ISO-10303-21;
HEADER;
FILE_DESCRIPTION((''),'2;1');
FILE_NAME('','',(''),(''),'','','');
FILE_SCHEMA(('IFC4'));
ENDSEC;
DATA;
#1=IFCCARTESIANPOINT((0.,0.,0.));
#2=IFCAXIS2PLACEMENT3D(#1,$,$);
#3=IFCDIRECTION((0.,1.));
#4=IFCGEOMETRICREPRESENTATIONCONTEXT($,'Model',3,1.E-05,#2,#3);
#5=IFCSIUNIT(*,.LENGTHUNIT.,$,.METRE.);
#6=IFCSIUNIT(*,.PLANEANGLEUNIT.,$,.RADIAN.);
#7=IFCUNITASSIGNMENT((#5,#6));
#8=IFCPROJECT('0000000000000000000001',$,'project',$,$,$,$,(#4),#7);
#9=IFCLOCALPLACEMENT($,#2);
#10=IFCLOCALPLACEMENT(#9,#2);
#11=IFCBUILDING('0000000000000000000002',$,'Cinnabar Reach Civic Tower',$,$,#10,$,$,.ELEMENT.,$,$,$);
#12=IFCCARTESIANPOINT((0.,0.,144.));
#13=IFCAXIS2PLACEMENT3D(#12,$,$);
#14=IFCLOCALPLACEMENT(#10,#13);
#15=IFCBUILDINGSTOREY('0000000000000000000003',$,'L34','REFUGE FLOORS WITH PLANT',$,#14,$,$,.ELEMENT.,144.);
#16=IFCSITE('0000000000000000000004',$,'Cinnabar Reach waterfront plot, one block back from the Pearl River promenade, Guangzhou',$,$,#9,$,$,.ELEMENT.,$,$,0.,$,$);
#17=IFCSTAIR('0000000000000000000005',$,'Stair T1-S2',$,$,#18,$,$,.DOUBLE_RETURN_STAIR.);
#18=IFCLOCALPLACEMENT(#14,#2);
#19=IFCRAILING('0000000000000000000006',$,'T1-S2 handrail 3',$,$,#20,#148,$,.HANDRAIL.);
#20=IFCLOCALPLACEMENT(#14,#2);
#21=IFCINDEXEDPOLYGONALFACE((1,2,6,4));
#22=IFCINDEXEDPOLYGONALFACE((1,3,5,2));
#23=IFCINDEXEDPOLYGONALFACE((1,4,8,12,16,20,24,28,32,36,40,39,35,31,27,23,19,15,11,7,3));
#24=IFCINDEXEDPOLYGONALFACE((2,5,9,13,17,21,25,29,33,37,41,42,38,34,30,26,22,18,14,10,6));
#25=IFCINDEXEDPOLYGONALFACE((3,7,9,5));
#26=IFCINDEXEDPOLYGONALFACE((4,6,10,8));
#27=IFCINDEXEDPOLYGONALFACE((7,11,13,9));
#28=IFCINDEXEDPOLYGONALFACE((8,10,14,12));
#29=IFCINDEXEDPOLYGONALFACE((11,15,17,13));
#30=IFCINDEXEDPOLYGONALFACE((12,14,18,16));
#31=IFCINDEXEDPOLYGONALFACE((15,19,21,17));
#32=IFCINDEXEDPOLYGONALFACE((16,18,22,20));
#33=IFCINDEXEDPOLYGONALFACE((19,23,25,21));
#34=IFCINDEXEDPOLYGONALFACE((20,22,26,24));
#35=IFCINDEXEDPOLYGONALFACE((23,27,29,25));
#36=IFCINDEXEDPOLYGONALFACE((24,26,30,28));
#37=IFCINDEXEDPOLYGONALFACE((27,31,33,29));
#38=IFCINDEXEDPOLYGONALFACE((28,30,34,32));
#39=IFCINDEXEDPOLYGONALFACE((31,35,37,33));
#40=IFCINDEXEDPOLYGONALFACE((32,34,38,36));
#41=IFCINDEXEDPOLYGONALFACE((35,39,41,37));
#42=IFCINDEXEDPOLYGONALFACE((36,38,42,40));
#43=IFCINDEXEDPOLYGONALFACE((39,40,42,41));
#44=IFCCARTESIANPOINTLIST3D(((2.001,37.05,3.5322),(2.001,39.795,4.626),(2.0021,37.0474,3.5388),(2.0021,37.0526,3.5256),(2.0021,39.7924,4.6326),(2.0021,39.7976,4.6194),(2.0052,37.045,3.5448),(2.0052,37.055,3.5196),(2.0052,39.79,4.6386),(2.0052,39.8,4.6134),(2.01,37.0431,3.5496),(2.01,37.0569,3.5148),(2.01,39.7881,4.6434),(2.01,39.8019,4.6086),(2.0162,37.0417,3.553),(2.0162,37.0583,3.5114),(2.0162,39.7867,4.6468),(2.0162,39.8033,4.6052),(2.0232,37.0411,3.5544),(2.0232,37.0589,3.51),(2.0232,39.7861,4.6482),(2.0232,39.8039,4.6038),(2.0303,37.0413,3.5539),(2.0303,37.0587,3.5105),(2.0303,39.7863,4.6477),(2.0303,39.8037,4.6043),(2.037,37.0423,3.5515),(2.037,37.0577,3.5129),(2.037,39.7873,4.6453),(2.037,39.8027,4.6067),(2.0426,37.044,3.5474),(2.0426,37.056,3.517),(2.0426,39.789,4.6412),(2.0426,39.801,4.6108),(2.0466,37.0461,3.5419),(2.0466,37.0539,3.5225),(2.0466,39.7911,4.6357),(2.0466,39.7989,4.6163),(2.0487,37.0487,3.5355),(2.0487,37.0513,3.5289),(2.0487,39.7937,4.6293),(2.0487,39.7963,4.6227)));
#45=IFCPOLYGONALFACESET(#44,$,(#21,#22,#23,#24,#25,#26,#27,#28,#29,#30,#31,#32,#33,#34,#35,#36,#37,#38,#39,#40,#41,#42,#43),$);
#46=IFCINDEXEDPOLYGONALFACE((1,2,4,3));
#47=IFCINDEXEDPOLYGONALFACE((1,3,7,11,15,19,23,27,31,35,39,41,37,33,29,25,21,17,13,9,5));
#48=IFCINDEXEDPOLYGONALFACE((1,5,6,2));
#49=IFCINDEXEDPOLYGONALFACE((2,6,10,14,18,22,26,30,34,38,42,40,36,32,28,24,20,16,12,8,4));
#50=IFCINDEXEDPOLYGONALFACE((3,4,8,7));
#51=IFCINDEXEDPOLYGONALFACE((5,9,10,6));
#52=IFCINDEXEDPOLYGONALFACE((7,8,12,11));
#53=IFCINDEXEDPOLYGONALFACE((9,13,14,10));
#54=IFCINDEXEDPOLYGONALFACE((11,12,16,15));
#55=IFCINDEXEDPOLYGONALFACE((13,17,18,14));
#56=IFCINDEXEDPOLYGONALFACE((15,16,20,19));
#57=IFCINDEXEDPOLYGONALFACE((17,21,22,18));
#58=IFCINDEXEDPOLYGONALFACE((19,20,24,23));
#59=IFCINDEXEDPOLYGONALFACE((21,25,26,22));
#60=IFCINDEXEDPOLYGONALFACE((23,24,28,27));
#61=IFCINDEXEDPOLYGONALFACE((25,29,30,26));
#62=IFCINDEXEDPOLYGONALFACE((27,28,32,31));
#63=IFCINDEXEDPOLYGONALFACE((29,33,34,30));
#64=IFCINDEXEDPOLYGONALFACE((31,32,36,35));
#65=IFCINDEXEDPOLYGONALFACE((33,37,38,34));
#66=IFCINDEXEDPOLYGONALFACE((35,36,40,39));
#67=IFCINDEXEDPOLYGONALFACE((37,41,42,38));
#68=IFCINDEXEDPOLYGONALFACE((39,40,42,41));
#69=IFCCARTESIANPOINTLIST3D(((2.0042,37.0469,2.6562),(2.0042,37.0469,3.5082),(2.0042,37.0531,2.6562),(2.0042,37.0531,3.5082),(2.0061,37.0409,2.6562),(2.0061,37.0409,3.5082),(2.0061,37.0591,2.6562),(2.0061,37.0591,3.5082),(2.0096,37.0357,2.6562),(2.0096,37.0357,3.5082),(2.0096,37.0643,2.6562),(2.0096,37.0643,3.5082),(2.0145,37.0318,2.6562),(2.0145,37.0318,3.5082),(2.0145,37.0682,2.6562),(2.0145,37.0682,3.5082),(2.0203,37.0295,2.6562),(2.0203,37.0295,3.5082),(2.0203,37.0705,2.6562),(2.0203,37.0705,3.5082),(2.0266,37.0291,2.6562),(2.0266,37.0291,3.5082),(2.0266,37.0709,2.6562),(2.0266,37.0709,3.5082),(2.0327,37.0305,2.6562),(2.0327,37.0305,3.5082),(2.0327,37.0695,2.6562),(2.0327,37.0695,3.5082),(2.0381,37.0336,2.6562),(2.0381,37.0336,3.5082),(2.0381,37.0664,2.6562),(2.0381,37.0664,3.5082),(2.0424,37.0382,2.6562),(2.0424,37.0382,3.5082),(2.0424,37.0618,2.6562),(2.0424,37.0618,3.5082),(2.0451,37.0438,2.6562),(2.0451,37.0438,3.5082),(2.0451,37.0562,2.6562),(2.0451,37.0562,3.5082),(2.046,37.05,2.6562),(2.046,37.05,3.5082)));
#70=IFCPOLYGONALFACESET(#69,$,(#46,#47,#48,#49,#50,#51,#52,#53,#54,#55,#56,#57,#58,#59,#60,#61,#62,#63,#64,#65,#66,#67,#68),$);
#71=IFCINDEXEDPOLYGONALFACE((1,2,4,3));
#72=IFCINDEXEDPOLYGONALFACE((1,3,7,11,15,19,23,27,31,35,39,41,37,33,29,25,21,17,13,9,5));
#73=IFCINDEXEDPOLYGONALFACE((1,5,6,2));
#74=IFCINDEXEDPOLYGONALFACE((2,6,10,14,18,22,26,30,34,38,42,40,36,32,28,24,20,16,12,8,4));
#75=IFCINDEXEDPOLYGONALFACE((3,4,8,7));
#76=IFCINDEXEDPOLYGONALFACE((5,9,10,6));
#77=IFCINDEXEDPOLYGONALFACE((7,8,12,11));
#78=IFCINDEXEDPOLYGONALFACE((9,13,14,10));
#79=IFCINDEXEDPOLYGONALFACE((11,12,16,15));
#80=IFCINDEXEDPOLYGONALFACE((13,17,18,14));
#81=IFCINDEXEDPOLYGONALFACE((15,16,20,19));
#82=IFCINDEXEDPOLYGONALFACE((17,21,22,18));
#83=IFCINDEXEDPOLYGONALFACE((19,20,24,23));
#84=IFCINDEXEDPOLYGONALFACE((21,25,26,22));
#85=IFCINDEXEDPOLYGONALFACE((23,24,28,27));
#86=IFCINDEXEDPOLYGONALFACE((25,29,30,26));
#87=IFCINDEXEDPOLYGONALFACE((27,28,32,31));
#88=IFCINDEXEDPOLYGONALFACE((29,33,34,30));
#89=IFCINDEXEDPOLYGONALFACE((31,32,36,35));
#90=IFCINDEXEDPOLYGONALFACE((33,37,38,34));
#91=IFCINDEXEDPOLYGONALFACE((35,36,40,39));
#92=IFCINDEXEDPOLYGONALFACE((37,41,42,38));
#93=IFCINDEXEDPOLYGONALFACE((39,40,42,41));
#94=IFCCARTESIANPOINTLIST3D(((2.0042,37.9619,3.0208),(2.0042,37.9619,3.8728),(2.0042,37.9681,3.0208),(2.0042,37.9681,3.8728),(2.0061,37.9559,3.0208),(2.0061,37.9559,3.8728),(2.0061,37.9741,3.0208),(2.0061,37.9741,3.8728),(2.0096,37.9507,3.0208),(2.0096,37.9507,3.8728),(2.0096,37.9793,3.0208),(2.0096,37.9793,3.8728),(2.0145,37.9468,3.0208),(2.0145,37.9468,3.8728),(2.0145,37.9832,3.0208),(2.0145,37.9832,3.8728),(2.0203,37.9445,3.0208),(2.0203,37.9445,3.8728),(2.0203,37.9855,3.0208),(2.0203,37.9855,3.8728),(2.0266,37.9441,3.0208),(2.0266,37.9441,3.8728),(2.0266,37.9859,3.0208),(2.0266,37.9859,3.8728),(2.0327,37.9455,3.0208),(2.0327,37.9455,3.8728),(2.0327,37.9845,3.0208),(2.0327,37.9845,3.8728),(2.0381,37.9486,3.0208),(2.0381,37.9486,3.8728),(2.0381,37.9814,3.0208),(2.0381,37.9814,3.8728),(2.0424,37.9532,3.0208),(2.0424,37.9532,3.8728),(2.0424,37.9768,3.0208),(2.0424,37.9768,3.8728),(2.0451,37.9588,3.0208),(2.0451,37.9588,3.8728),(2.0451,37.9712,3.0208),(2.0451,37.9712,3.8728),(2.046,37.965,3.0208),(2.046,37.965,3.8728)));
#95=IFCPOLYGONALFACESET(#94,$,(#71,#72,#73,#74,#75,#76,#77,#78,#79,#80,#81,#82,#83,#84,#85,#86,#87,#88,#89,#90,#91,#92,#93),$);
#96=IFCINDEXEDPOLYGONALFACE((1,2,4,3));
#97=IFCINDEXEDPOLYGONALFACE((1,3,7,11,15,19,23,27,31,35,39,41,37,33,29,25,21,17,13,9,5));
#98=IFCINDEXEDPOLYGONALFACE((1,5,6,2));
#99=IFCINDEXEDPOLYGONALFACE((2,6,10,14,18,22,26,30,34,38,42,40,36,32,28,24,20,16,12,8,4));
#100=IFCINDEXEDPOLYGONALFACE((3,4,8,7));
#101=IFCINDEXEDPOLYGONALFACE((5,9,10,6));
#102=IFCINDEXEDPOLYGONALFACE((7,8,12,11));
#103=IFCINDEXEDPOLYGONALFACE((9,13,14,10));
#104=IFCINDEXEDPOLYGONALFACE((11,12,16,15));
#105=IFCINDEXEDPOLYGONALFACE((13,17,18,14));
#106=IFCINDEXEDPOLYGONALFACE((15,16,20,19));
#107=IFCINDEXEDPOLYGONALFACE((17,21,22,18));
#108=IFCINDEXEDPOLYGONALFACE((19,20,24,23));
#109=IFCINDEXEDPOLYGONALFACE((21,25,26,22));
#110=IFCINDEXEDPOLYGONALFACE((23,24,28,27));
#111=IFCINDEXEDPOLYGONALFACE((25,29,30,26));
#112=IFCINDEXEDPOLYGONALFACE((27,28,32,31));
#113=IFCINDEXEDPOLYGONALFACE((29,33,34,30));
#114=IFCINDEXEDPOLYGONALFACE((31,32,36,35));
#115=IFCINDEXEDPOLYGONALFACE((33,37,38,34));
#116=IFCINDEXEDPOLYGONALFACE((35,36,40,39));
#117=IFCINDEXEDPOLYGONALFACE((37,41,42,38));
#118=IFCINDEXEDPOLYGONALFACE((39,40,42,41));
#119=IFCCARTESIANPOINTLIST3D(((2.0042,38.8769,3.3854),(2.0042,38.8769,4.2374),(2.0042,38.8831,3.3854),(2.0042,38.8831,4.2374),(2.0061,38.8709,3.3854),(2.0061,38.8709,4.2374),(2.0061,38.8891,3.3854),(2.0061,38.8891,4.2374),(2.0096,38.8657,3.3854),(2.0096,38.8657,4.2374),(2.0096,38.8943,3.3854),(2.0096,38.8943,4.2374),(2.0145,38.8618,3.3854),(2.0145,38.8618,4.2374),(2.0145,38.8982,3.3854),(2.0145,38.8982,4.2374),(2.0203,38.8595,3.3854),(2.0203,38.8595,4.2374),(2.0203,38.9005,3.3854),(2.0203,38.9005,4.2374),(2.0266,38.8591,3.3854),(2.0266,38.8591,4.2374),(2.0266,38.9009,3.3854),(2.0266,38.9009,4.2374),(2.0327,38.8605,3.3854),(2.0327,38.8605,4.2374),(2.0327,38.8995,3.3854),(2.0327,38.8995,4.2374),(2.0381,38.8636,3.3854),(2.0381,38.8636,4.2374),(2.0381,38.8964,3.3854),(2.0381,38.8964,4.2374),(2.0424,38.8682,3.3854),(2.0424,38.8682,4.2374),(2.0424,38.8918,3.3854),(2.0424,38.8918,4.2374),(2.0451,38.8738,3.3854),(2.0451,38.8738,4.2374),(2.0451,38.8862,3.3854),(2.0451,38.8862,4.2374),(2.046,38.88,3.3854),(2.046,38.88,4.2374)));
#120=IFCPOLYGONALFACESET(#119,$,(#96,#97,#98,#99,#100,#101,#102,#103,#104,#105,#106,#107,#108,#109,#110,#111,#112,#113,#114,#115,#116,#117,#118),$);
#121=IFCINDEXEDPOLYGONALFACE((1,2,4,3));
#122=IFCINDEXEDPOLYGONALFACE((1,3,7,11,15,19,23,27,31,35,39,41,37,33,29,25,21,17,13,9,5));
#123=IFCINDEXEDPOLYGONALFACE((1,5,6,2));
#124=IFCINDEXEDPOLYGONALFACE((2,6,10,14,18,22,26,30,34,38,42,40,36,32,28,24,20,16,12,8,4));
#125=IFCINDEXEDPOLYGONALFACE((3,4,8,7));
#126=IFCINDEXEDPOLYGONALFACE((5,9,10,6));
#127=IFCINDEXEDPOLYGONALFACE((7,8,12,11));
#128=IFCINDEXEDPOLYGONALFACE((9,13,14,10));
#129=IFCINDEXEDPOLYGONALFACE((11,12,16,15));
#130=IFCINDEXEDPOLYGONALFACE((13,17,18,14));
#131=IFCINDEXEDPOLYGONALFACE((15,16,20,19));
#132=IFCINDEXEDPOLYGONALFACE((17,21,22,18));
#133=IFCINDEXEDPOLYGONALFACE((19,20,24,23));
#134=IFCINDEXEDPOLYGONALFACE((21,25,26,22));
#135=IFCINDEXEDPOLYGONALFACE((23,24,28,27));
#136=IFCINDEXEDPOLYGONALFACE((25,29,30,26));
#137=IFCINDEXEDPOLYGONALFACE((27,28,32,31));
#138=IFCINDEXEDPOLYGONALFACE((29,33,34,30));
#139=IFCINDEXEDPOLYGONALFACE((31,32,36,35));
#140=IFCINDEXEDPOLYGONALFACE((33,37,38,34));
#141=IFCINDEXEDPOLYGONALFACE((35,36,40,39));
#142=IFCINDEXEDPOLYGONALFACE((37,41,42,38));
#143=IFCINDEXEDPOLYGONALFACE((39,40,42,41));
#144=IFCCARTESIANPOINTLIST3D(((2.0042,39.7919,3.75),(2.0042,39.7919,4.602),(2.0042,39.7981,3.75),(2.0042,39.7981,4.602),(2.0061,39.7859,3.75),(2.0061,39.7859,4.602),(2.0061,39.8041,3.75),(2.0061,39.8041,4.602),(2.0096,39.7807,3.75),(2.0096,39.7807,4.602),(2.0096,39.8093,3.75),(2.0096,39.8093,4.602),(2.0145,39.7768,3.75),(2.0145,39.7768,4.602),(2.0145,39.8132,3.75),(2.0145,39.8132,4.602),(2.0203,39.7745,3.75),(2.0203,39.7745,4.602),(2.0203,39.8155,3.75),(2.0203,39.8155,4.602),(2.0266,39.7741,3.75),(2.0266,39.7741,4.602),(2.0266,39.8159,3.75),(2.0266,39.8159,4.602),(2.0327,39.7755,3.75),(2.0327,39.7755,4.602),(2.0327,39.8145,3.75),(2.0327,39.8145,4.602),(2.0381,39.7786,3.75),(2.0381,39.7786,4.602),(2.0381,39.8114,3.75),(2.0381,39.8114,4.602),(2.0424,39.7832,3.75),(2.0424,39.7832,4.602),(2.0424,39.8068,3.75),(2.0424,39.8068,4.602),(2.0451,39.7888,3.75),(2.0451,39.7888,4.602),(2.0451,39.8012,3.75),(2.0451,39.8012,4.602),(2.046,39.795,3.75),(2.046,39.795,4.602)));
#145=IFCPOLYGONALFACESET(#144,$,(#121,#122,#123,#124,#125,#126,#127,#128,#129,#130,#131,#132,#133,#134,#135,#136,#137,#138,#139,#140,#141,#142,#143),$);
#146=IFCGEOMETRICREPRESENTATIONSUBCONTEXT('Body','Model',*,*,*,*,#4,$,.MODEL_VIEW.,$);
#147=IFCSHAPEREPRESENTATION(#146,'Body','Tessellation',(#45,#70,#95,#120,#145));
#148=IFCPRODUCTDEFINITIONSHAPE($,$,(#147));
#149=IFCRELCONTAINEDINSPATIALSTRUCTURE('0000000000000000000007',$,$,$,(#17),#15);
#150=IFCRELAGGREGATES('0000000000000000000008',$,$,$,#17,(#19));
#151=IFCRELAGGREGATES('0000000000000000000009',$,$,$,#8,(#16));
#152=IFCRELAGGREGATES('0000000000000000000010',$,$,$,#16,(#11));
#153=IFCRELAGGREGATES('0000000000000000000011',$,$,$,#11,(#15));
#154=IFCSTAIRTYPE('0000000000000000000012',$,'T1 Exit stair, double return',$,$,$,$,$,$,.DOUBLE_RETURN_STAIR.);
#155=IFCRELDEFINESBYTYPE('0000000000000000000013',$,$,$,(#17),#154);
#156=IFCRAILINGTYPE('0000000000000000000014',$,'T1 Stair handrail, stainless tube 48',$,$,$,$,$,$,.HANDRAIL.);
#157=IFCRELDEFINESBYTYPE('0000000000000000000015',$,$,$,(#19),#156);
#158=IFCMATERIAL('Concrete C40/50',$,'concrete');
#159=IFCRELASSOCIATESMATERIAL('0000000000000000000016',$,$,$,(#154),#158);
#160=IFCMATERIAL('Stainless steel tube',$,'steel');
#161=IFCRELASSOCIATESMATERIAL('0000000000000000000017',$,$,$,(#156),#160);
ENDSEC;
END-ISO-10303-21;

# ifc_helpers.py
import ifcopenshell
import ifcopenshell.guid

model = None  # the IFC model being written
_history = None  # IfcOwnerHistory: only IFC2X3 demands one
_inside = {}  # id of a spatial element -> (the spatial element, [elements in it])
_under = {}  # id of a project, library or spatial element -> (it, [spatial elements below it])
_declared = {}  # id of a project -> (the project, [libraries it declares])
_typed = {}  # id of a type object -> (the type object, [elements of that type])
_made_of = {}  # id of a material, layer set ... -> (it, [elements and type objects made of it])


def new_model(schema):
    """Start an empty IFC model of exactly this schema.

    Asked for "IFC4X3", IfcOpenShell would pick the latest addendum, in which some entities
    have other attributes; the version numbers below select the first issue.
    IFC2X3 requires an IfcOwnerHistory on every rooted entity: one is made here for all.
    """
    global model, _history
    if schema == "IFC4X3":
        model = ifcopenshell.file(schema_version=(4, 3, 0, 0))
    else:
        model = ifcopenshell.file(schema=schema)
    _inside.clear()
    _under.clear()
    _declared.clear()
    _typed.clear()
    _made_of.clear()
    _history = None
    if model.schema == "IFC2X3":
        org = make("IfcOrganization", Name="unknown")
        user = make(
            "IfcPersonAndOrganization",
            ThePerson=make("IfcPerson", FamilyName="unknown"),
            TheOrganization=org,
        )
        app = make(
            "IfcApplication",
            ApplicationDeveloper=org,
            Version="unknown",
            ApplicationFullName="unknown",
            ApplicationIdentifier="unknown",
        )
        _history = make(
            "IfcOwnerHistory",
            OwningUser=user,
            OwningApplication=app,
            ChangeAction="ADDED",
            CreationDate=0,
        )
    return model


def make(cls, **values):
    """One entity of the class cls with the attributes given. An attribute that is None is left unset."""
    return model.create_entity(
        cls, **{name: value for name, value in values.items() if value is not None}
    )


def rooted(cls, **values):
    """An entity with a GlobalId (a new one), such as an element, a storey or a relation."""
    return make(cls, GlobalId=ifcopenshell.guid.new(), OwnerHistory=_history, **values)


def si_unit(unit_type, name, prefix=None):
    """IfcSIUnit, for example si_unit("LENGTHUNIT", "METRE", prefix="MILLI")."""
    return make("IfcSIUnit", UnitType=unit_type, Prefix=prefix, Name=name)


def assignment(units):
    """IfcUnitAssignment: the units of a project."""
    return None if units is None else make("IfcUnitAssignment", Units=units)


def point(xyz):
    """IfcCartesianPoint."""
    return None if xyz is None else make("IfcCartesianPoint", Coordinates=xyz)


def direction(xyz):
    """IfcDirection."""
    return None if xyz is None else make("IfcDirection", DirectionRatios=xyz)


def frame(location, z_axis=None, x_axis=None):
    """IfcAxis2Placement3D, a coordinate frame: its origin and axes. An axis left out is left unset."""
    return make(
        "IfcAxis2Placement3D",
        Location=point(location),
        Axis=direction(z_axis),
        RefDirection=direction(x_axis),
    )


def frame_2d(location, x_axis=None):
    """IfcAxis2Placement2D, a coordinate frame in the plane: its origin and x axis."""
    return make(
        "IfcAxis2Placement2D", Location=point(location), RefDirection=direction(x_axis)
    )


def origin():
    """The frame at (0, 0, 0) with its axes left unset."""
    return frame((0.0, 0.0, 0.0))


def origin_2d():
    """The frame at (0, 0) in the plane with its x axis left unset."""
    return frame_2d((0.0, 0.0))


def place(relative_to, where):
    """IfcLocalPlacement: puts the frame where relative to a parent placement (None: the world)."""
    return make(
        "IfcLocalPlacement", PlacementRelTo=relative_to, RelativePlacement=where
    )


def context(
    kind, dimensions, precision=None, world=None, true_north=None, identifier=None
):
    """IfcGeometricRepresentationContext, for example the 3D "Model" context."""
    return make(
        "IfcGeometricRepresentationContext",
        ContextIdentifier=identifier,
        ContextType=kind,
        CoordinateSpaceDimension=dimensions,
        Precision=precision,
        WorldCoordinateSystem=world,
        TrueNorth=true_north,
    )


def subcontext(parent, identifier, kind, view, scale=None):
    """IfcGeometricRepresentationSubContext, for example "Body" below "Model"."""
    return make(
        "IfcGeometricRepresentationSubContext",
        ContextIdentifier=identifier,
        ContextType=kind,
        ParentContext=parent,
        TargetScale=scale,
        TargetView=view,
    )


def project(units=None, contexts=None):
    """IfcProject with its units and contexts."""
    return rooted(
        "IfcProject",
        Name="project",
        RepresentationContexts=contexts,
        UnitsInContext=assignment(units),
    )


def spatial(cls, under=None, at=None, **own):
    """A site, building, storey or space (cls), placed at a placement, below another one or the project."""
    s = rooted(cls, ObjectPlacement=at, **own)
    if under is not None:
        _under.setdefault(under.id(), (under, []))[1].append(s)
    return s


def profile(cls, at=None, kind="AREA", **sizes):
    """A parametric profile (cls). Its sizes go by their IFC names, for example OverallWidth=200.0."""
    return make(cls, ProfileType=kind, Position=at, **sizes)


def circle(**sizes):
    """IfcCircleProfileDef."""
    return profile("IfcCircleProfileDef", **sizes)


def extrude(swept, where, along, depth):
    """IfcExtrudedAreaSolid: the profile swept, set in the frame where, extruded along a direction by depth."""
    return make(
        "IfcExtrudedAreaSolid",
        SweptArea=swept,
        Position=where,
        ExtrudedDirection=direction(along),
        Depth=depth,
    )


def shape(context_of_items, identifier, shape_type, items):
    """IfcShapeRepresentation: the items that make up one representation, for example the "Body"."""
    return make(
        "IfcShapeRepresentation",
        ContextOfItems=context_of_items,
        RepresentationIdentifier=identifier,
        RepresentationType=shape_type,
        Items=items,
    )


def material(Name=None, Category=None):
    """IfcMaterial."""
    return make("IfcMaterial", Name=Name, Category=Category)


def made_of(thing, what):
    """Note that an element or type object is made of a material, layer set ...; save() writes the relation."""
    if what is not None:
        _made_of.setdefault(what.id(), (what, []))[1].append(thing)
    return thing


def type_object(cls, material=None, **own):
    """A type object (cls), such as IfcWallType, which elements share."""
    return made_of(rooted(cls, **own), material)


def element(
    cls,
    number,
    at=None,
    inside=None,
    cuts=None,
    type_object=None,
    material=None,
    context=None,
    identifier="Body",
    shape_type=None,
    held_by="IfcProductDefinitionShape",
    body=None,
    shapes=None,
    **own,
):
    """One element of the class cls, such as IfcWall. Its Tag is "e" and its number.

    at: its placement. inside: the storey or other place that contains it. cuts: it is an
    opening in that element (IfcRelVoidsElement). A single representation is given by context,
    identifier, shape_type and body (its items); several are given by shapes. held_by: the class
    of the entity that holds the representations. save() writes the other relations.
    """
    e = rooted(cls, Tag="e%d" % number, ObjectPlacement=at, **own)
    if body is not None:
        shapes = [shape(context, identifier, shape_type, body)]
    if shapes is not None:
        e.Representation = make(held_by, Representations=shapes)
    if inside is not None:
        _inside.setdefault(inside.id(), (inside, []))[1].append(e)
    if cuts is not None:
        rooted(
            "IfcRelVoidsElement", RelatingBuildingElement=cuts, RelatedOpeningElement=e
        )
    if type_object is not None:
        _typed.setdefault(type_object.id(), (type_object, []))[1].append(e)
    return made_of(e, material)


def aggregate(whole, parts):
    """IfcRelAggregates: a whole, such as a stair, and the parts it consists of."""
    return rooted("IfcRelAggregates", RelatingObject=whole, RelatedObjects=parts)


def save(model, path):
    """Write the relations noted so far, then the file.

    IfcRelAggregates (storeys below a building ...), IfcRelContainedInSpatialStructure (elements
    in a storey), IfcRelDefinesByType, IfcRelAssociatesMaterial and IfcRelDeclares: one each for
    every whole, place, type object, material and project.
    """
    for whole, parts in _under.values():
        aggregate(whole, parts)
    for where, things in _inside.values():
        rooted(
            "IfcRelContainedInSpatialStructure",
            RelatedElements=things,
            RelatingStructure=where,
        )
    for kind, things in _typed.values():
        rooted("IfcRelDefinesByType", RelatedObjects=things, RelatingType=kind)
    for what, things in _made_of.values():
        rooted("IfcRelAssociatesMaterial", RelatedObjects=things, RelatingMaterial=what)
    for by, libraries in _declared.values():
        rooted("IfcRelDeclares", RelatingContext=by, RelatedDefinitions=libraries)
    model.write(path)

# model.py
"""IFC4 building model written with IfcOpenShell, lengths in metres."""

from ifc_helpers import new_model, si_unit, direction, frame, origin, origin_2d, place, context, subcontext, project, spatial, circle, extrude, material, type_object, element, aggregate, save


model = new_model("IFC4")

# Units and contexts
model_context = context("Model", 3, precision=1e-05, world=origin(), true_north=direction((0.0, 1.0)))
body_context = subcontext(model_context, "Body", "Model", "MODEL_VIEW")
ifc_project = project(units=[si_unit("LENGTHUNIT", "METRE"), si_unit("PLANEANGLEUNIT", "RADIAN")], contexts=[model_context])

# Site, building, storey
site_placement = place(None, origin())
site = spatial("IfcSite", under=ifc_project, at=site_placement, Name="Cinnabar Reach waterfront plot, one block back from the Pearl River promenade, Guangzhou", CompositionType="ELEMENT", RefElevation=0.0)
building_placement = place(site_placement, origin())
building = spatial("IfcBuilding", under=site, at=building_placement, Name="Cinnabar Reach Civic Tower", CompositionType="ELEMENT")
storey_placement = place(building_placement, frame((0.0, 0.0, 144.0)))
storey = spatial("IfcBuildingStorey", under=building, at=storey_placement, Name="L34", Description="REFUGE FLOORS WITH PLANT", CompositionType="ELEMENT", Elevation=144.0)

# Shared definitions
ifc_material_1 = material(Name="Concrete C40/50", Category="concrete")

# Stair, railing
stair_type = type_object("IfcStairType", Name="T1 Exit stair, double return", PredefinedType="DOUBLE_RETURN_STAIR", material=ifc_material_1)
stair_placement = place(storey_placement, origin())
stair = element("IfcStair", 1, at=stair_placement, inside=storey, type_object=stair_type, Name="Stair T1-S2", PredefinedType="DOUBLE_RETURN_STAIR")
ifc_material_2 = material(Name="Stainless steel tube", Category="steel")
railing_type = type_object("IfcRailingType", Name="T1 Stair handrail, stainless tube 48", PredefinedType="HANDRAIL", material=ifc_material_2)
railing_1_placement = place(storey_placement, frame((2.025, 37.05, 2.6562)))
railing_1 = element("IfcRailing", 2, at=railing_1_placement, type_object=railing_type, Name="T1-S2 handrail 3", PredefinedType="HANDRAIL", context=body_context, shape_type="SweptSolid", body=[
    extrude(circle(Radius=0.024, at=origin_2d()), frame((0.0, 0.0, 0.876), z_axis=(0.0, 0.928966, 0.370165), x_axis=(-1.0, 0.0, 0.0)), (0.0, 0.0, 1.0), 2.9549),
    extrude(circle(Radius=0.021, at=origin_2d()), origin(), (0.0, 0.0, 1.0), 0.852),
    extrude(circle(Radius=0.021, at=origin_2d()), frame((0.0, 0.915, 0.3646)), (0.0, 0.0, 1.0), 0.852),
    extrude(circle(Radius=0.021, at=origin_2d()), frame((0.0, 1.83, 0.7292)), (0.0, 0.0, 1.0), 0.852),
    extrude(circle(Radius=0.021, at=origin_2d()), frame((0.0, 2.745, 1.0938)), (0.0, 0.0, 1.0), 0.852),
])
aggregate(stair, [railing_1])

save(model, "model.ifc")
